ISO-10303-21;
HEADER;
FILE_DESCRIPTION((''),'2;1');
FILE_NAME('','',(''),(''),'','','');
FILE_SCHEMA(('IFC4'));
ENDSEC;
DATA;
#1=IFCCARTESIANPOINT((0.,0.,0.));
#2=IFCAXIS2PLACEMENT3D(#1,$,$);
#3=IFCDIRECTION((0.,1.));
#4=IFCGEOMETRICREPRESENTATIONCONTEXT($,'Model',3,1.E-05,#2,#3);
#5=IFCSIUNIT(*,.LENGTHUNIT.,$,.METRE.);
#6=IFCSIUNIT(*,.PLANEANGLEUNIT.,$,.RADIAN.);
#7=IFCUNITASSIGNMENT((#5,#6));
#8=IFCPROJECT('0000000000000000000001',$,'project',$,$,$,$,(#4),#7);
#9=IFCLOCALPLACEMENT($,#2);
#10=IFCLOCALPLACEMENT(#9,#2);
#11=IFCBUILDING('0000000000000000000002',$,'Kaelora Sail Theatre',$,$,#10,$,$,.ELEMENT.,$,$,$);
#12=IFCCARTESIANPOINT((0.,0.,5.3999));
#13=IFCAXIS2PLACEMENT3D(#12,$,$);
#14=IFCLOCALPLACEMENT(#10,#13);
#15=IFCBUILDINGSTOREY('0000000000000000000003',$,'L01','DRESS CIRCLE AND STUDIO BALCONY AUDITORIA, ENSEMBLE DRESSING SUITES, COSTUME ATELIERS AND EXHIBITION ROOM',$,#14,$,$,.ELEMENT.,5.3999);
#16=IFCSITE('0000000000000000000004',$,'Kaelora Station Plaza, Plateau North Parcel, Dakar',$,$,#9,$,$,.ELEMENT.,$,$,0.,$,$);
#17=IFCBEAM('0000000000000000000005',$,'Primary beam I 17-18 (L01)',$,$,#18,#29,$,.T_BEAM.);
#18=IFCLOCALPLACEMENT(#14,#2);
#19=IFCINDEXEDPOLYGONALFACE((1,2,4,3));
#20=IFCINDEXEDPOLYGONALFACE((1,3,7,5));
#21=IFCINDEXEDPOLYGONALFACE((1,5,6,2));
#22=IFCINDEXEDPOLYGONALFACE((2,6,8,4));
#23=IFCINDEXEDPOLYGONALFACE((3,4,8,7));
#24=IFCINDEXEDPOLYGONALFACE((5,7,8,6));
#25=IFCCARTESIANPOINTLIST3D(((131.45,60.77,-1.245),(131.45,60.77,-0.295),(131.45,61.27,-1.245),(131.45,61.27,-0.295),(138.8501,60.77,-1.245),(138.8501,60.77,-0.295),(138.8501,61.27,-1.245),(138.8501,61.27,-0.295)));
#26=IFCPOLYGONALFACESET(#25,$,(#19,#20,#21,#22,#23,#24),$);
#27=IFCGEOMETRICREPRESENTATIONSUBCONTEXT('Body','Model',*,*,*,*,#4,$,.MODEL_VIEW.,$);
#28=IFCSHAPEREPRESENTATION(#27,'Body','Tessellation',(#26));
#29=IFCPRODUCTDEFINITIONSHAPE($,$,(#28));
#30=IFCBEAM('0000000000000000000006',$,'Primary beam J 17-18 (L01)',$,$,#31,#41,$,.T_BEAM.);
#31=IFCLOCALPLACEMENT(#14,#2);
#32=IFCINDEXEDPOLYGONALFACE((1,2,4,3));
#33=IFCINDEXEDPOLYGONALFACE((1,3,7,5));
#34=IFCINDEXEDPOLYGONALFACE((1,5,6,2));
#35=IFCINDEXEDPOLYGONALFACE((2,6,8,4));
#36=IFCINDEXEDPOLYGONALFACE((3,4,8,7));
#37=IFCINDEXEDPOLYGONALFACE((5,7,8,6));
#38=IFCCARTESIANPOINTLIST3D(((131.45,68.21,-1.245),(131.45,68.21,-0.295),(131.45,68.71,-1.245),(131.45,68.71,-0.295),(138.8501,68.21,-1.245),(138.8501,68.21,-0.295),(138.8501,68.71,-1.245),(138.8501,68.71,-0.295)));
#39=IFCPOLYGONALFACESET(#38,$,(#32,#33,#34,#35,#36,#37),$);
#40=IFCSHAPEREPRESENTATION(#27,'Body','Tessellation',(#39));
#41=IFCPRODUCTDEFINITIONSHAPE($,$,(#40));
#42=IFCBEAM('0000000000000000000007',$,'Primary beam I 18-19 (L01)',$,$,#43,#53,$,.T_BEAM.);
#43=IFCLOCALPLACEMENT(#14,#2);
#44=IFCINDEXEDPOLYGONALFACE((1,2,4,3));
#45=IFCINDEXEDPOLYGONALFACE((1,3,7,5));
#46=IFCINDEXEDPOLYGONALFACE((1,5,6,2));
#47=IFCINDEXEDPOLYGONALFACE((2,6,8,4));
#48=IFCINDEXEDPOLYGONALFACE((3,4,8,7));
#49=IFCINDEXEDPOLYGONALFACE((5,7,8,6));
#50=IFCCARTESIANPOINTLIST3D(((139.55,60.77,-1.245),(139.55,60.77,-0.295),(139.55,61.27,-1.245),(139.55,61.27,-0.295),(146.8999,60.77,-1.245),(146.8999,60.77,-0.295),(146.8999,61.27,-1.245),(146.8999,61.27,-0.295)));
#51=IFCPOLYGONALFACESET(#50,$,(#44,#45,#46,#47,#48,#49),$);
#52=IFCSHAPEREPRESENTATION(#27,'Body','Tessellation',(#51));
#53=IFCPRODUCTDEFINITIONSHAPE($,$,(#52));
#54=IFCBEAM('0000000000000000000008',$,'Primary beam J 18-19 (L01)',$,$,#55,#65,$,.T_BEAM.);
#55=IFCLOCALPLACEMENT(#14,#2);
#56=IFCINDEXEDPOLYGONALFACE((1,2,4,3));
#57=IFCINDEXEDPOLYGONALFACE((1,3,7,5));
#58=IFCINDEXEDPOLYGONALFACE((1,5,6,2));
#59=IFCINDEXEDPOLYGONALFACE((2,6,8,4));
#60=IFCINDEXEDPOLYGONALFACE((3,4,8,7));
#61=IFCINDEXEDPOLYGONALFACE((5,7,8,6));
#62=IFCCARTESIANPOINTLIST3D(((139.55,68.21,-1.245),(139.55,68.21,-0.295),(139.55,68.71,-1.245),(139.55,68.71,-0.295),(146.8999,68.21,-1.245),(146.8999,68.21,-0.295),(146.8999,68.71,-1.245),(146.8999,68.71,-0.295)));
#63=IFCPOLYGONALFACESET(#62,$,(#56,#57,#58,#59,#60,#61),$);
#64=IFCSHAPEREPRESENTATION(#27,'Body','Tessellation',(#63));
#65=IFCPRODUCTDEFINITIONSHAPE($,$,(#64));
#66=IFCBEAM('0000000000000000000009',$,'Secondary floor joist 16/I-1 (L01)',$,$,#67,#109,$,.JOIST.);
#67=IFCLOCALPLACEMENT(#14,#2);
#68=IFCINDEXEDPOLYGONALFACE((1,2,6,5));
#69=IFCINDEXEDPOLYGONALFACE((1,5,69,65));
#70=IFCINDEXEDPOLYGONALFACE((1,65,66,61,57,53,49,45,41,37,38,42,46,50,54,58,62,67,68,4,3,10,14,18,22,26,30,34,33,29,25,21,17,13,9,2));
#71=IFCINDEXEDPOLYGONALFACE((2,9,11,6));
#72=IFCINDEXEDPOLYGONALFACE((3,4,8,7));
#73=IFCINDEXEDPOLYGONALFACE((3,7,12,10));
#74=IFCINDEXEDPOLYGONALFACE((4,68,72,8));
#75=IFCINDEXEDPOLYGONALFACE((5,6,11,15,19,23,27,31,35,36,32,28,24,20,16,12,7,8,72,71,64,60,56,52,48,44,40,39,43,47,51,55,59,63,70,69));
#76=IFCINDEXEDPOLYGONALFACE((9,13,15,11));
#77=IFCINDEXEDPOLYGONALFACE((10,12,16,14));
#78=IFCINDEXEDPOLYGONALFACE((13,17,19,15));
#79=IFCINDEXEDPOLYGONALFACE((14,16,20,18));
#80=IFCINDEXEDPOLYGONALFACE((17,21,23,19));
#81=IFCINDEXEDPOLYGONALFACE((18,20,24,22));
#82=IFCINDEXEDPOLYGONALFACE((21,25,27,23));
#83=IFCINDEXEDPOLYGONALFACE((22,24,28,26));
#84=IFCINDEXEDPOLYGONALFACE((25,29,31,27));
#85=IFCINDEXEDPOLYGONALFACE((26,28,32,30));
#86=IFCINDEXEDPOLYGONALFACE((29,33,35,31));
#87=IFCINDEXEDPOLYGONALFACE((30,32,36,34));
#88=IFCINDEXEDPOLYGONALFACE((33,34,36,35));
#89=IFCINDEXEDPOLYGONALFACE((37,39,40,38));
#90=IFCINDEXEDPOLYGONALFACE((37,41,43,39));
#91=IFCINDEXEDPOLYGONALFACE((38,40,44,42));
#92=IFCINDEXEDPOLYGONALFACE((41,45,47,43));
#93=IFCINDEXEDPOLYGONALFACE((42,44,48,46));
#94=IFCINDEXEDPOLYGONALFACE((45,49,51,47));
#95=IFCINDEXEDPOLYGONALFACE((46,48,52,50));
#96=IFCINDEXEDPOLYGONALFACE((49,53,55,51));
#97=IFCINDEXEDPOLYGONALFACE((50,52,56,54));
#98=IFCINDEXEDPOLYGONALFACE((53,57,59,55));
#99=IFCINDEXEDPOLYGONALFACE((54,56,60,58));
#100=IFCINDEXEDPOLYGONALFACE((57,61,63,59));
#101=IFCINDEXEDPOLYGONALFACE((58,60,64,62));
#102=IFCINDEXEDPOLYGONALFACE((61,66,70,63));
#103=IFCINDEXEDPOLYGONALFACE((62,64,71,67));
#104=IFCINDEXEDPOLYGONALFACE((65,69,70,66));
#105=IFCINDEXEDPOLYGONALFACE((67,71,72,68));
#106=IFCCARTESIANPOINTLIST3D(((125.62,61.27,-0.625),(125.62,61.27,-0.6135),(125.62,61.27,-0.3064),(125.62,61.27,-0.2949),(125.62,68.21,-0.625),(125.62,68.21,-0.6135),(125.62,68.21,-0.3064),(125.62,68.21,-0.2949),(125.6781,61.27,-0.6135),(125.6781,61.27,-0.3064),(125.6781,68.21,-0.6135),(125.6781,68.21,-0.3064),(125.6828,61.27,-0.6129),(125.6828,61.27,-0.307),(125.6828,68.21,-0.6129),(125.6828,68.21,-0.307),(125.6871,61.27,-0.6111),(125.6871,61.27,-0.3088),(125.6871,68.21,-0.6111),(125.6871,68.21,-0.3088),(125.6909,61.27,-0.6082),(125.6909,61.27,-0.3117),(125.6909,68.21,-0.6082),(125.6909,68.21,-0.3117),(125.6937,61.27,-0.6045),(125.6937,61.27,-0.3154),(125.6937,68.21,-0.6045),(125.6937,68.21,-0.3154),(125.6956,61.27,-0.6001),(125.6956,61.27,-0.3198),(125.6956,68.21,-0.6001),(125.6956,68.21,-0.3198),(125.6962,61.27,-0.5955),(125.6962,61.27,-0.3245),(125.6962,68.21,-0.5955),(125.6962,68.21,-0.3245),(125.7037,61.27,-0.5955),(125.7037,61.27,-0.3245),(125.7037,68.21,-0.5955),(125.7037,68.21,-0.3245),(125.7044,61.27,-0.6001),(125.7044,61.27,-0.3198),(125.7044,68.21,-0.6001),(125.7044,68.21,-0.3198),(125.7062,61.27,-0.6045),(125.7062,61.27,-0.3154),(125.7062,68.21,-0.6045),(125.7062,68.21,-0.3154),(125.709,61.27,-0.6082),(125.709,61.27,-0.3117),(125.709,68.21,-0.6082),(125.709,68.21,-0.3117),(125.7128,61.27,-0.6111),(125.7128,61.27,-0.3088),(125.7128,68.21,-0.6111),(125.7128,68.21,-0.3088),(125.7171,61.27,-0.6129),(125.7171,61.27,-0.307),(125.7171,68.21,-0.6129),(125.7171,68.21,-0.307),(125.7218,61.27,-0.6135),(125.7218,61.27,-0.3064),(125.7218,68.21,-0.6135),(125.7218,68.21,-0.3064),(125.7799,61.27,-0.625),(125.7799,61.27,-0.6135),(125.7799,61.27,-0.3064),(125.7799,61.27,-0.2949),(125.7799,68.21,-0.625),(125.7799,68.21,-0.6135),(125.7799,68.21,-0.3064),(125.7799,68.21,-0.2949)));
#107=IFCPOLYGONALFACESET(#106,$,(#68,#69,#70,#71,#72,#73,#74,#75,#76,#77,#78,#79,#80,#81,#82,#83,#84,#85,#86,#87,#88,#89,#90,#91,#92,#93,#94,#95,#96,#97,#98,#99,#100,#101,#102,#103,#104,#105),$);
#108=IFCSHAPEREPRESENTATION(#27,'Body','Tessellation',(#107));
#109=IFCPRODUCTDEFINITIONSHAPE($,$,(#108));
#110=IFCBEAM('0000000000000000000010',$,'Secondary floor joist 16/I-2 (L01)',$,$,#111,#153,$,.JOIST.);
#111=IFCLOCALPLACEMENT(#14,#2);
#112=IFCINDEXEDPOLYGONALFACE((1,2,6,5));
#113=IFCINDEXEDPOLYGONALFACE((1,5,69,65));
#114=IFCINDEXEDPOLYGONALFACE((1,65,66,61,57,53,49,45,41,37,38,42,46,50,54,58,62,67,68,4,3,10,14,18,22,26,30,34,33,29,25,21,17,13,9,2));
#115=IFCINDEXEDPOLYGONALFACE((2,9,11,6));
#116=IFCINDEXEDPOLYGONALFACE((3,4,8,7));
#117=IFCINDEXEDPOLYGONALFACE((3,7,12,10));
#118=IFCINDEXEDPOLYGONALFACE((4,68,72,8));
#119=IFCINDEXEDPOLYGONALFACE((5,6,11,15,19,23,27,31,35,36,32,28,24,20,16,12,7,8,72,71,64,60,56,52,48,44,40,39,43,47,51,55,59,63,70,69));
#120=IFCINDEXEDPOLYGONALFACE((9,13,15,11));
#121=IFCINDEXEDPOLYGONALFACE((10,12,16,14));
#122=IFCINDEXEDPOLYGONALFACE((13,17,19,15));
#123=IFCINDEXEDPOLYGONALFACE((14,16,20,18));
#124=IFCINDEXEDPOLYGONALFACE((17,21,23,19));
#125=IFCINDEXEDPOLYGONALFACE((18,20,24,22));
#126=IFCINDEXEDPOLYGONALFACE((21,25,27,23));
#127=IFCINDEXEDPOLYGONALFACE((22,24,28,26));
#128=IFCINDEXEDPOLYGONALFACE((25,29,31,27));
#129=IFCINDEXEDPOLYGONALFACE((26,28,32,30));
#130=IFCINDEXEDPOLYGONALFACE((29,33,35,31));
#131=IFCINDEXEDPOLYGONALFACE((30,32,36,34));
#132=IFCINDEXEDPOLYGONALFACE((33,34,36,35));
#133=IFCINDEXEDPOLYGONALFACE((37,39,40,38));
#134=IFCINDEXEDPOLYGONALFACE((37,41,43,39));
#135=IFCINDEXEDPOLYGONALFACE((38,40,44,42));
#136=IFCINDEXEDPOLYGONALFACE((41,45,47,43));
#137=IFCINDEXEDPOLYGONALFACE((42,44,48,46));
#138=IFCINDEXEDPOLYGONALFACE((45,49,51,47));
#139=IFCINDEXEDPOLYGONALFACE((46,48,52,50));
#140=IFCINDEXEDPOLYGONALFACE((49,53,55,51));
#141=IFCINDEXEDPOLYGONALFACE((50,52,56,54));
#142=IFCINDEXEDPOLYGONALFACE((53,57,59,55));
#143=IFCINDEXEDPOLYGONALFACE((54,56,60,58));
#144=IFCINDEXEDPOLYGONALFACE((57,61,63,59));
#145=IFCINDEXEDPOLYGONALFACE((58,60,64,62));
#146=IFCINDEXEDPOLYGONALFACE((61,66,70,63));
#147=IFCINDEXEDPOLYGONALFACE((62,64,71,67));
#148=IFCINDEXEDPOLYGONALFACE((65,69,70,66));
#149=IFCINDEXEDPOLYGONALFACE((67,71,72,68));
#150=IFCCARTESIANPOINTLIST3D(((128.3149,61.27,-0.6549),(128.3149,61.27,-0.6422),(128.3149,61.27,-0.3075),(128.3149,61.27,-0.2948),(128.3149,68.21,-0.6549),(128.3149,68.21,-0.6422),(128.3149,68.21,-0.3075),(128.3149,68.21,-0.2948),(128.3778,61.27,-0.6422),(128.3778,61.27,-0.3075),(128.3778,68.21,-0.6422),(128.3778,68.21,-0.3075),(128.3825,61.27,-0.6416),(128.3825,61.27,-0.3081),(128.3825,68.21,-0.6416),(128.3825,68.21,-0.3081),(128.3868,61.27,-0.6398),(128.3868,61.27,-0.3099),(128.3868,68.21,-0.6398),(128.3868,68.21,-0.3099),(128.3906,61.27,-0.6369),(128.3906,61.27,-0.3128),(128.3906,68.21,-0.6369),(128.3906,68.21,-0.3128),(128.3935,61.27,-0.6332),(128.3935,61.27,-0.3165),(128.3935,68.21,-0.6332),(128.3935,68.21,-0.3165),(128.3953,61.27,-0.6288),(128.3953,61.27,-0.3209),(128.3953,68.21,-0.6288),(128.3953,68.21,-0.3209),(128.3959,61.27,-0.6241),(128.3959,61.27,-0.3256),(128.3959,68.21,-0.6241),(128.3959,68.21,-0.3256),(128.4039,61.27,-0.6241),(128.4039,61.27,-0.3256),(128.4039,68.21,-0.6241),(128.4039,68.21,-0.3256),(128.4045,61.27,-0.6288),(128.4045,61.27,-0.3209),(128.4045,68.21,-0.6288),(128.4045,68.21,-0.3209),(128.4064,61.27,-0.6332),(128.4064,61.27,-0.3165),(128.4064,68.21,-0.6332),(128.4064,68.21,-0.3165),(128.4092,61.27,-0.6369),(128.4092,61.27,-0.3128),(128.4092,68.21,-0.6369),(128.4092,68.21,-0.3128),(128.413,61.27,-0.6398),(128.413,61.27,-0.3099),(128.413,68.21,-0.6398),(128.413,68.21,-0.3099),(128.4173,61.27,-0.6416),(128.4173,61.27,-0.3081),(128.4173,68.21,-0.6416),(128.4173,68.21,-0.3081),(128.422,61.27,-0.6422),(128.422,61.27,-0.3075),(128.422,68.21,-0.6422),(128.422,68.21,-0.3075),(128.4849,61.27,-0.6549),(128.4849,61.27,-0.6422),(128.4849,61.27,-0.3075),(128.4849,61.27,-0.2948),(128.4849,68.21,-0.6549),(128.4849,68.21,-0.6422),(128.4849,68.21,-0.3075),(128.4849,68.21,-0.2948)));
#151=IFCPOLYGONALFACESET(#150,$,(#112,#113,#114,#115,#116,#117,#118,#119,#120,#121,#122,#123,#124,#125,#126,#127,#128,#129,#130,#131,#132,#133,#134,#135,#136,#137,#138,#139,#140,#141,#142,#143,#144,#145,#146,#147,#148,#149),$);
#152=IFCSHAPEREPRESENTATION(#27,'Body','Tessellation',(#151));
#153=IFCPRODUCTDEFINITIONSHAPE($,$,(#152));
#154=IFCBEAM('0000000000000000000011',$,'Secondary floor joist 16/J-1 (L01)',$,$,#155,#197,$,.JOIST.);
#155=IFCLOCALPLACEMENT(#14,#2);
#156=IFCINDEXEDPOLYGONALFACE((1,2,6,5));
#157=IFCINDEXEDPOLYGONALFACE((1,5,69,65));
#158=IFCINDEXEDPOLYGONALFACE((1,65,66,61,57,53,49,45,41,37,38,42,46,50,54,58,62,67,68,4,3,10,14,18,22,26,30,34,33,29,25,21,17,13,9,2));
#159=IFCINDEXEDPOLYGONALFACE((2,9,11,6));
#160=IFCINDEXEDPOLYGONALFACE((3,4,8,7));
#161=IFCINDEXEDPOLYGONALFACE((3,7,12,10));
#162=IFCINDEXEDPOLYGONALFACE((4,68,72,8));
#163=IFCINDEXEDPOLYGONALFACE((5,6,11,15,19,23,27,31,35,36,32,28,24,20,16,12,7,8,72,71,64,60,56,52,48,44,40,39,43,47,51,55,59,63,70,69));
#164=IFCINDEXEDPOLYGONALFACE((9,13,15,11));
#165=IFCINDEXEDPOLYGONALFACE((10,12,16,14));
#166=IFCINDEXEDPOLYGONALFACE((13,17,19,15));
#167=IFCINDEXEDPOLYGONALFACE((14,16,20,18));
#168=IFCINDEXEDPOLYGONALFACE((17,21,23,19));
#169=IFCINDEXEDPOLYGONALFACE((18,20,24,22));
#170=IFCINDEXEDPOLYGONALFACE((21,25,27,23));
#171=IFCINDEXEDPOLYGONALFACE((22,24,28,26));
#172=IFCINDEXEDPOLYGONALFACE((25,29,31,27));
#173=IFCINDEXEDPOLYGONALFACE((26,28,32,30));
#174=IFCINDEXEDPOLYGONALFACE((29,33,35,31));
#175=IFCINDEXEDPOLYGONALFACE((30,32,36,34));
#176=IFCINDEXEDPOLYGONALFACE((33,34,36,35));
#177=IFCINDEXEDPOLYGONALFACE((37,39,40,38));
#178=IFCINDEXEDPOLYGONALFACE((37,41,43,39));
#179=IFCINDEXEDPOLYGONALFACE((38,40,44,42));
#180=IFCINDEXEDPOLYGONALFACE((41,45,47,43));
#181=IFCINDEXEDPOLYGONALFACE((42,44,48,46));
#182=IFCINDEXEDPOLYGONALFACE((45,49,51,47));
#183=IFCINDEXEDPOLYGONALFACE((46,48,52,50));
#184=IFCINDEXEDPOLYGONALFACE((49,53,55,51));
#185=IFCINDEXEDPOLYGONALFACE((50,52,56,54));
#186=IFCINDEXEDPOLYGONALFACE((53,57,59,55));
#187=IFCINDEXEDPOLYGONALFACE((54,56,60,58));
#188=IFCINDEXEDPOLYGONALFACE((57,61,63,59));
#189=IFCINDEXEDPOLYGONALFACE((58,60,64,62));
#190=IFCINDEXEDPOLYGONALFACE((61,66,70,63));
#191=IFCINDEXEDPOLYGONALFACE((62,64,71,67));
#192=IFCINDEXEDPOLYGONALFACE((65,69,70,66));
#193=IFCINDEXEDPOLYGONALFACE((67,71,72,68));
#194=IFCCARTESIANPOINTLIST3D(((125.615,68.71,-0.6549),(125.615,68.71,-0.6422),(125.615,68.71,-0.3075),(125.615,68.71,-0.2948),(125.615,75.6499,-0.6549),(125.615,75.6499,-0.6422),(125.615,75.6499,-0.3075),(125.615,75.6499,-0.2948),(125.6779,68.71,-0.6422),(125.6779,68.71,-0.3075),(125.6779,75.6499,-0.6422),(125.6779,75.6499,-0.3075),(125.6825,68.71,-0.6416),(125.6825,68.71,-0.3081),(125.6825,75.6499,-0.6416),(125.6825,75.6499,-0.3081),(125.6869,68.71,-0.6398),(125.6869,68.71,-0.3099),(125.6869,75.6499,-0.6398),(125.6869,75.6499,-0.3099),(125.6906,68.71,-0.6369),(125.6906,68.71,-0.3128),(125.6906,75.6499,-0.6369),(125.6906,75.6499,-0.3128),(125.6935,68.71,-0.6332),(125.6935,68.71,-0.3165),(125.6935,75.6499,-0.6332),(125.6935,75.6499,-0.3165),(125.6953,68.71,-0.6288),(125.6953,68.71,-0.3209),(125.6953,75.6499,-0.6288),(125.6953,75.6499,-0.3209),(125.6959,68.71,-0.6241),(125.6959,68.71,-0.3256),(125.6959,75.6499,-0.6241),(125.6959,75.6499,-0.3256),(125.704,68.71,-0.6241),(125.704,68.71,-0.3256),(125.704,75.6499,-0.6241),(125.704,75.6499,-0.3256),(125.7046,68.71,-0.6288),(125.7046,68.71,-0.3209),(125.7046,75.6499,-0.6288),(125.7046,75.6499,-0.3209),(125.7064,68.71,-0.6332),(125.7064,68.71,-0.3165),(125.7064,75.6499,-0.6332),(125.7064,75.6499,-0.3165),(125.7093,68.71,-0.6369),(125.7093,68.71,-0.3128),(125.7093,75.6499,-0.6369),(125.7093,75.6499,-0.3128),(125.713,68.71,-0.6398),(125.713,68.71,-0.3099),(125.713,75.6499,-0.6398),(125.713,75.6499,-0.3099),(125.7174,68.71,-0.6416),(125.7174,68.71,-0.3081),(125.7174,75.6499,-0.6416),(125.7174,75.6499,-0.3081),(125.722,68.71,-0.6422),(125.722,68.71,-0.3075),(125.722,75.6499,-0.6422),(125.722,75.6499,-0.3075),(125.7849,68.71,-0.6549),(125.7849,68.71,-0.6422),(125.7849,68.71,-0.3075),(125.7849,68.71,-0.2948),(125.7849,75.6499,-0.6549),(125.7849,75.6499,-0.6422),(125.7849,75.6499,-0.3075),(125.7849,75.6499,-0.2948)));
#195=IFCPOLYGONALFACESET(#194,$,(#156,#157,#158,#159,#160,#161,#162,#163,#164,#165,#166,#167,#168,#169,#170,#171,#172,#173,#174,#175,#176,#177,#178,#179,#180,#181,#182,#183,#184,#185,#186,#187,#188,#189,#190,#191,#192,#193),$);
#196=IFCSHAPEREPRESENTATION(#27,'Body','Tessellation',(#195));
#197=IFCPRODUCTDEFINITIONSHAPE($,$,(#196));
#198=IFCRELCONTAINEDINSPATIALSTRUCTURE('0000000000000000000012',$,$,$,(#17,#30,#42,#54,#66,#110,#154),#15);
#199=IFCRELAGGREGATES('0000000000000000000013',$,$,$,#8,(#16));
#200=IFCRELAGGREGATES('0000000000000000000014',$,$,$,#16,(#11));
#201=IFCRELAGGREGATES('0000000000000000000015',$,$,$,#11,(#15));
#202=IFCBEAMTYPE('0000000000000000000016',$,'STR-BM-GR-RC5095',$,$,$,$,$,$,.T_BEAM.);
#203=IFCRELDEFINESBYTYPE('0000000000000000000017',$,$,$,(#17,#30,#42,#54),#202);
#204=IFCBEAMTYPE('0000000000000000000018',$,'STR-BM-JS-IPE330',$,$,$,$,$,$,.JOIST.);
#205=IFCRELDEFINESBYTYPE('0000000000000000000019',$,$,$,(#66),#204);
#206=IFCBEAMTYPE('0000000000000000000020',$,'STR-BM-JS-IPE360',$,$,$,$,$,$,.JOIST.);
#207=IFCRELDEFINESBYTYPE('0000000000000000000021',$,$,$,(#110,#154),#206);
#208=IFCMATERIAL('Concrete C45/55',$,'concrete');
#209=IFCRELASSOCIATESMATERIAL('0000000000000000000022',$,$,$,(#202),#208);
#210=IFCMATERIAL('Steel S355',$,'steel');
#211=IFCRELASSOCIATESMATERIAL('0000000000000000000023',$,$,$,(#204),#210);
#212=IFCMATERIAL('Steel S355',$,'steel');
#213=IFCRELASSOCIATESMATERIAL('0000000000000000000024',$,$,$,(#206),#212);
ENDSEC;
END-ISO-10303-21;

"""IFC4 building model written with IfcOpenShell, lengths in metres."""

from ifc_helpers import new_model, si_unit, direction, frame, origin, origin_2d, place, context, subcontext, project, spatial, rectangle, i_section, extrude, material, material_profile, profile_set, type_object, element, save


model = new_model("IFC4")

# Units and contexts
model_context = context("Model", 3, precision=1e-05, world=origin(), true_north=direction((0.0, 1.0)))
body_context = subcontext(model_context, "Body", "Model", "MODEL_VIEW")
ifc_project = project(units=[si_unit("LENGTHUNIT", "METRE"), si_unit("PLANEANGLEUNIT", "RADIAN")], contexts=[model_context])

# Site, building, storey
site_placement = place(None, origin())
site = spatial("IfcSite", under=ifc_project, at=site_placement, Name="Kaelora Station Plaza, Plateau North Parcel, Dakar", CompositionType="ELEMENT", RefElevation=0.0)
building_placement = place(site_placement, origin())
building = spatial("IfcBuilding", under=site, at=building_placement, Name="Kaelora Sail Theatre", CompositionType="ELEMENT")
storey_placement = place(building_placement, frame((0.0, 0.0, 5.3999)))
storey = spatial("IfcBuildingStorey", under=building, at=storey_placement, Name="L01", Description="DRESS CIRCLE AND STUDIO BALCONY AUDITORIA, ENSEMBLE DRESSING SUITES, COSTUME ATELIERS AND EXHIBITION ROOM", CompositionType="ELEMENT", Elevation=5.3999)

# Beams
ifc_material_1 = material(Name="Concrete C45/55", Category="concrete")
ifc_material_profile_1 = material_profile(ifc_material_1, rectangle(XDim=0.5, YDim=0.95, at=origin_2d()), Name="RC-GRD 500x950")
ifc_profile_set_1 = profile_set([ifc_material_profile_1], Name="Concrete C45/55")
beam_type_1 = type_object("IfcBeamType", Name="STR-BM-GR-RC5095", PredefinedType="T_BEAM", material=ifc_profile_set_1)
for number, where, z_axis, x_axis, name in (
    (1, (131.45, 61.02, -0.77), (1.0, 0.0, 0.0), (0.0, 1.0, 0.0), "Primary beam I 17-18 (L01)"),
    (2, (131.45, 68.46, -0.77), (1.0, 0.0, 0.0), (0.0, 1.0, 0.0), "Primary beam J 17-18 (L01)"),
):
    element("IfcBeam", number, at=place(storey_placement, frame(where, z_axis=z_axis, x_axis=x_axis)), inside=storey, type_object=beam_type_1, Name=name, PredefinedType="T_BEAM", context=body_context, shape_type="SweptSolid", body=[
        extrude(rectangle(XDim=0.5, YDim=0.95, at=origin_2d()), origin(), (0.0, 0.0, 1.0), 7.4001),
    ])
for number, where, z_axis, x_axis, name in (
    (3, (139.55, 61.02, -0.77), (1.0, 0.0, 0.0), (0.0, 1.0, 0.0), "Primary beam I 18-19 (L01)"),
    (4, (139.55, 68.46, -0.77), (1.0, 0.0, 0.0), (0.0, 1.0, 0.0), "Primary beam J 18-19 (L01)"),
):
    element("IfcBeam", number, at=place(storey_placement, frame(where, z_axis=z_axis, x_axis=x_axis)), inside=storey, type_object=beam_type_1, Name=name, PredefinedType="T_BEAM", context=body_context, shape_type="SweptSolid", body=[
        extrude(rectangle(XDim=0.5, YDim=0.95, at=origin_2d()), origin(), (0.0, 0.0, 1.0), 7.3499),
    ])
ifc_material_2 = material(Name="Steel S355", Category="steel")
ifc_material_profile_2 = material_profile(ifc_material_2, i_section(OverallWidth=0.1599, OverallDepth=0.3301, WebThickness=0.0076, FlangeThickness=0.0115, FilletRadius=0.0181, at=origin_2d()), Name="IPE 330")
ifc_profile_set_2 = profile_set([ifc_material_profile_2], Name="Steel S355")
beam_type_2 = type_object("IfcBeamType", Name="STR-BM-JS-IPE330", PredefinedType="JOIST", material=ifc_profile_set_2)
beam_1_placement = place(storey_placement, frame((125.7, 61.27, -0.46), z_axis=(0.0, 1.0, 0.0), x_axis=(-1.0, 0.0, 0.0)))
element("IfcBeam", 5, at=beam_1_placement, inside=storey, type_object=beam_type_2, Name="Secondary floor joist 16/I-1 (L01)", PredefinedType="JOIST", context=body_context, shape_type="SweptSolid", body=[
    extrude(i_section(OverallWidth=0.1599, OverallDepth=0.3301, WebThickness=0.0076, FlangeThickness=0.0115, FilletRadius=0.0181, at=origin_2d()), origin(), (0.0, 0.0, 1.0), 6.9399),
])
ifc_material_3 = material(Name="Steel S355", Category="steel")
ifc_material_profile_3 = material_profile(ifc_material_3, i_section(OverallWidth=0.1699, OverallDepth=0.3601, WebThickness=0.0081, FlangeThickness=0.0127, FilletRadius=0.0181, at=origin_2d()), Name="IPE 360")
ifc_profile_set_3 = profile_set([ifc_material_profile_3], Name="Steel S355")
beam_type_3 = type_object("IfcBeamType", Name="STR-BM-JS-IPE360", PredefinedType="JOIST", material=ifc_profile_set_3)
for number, where, z_axis, x_axis, name in (
    (6, (128.3999, 61.27, -0.4749), (0.0, 1.0, 0.0), (-1.0, 0.0, 0.0), "Secondary floor joist 16/I-2 (L01)"),
    (7, (125.7, 68.71, -0.4749), (0.0, 1.0, 0.0), (-1.0, 0.0, 0.0), "Secondary floor joist 16/J-1 (L01)"),
):
    element("IfcBeam", number, at=place(storey_placement, frame(where, z_axis=z_axis, x_axis=x_axis)), inside=storey, type_object=beam_type_3, Name=name, PredefinedType="JOIST", context=body_context, shape_type="SweptSolid", body=[
        extrude(i_section(OverallWidth=0.1699, OverallDepth=0.3601, WebThickness=0.0081, FlangeThickness=0.0127, FilletRadius=0.0181, at=origin_2d()), origin(), (0.0, 0.0, 1.0), 6.9399),
    ])

save(model, "model.ifc")
